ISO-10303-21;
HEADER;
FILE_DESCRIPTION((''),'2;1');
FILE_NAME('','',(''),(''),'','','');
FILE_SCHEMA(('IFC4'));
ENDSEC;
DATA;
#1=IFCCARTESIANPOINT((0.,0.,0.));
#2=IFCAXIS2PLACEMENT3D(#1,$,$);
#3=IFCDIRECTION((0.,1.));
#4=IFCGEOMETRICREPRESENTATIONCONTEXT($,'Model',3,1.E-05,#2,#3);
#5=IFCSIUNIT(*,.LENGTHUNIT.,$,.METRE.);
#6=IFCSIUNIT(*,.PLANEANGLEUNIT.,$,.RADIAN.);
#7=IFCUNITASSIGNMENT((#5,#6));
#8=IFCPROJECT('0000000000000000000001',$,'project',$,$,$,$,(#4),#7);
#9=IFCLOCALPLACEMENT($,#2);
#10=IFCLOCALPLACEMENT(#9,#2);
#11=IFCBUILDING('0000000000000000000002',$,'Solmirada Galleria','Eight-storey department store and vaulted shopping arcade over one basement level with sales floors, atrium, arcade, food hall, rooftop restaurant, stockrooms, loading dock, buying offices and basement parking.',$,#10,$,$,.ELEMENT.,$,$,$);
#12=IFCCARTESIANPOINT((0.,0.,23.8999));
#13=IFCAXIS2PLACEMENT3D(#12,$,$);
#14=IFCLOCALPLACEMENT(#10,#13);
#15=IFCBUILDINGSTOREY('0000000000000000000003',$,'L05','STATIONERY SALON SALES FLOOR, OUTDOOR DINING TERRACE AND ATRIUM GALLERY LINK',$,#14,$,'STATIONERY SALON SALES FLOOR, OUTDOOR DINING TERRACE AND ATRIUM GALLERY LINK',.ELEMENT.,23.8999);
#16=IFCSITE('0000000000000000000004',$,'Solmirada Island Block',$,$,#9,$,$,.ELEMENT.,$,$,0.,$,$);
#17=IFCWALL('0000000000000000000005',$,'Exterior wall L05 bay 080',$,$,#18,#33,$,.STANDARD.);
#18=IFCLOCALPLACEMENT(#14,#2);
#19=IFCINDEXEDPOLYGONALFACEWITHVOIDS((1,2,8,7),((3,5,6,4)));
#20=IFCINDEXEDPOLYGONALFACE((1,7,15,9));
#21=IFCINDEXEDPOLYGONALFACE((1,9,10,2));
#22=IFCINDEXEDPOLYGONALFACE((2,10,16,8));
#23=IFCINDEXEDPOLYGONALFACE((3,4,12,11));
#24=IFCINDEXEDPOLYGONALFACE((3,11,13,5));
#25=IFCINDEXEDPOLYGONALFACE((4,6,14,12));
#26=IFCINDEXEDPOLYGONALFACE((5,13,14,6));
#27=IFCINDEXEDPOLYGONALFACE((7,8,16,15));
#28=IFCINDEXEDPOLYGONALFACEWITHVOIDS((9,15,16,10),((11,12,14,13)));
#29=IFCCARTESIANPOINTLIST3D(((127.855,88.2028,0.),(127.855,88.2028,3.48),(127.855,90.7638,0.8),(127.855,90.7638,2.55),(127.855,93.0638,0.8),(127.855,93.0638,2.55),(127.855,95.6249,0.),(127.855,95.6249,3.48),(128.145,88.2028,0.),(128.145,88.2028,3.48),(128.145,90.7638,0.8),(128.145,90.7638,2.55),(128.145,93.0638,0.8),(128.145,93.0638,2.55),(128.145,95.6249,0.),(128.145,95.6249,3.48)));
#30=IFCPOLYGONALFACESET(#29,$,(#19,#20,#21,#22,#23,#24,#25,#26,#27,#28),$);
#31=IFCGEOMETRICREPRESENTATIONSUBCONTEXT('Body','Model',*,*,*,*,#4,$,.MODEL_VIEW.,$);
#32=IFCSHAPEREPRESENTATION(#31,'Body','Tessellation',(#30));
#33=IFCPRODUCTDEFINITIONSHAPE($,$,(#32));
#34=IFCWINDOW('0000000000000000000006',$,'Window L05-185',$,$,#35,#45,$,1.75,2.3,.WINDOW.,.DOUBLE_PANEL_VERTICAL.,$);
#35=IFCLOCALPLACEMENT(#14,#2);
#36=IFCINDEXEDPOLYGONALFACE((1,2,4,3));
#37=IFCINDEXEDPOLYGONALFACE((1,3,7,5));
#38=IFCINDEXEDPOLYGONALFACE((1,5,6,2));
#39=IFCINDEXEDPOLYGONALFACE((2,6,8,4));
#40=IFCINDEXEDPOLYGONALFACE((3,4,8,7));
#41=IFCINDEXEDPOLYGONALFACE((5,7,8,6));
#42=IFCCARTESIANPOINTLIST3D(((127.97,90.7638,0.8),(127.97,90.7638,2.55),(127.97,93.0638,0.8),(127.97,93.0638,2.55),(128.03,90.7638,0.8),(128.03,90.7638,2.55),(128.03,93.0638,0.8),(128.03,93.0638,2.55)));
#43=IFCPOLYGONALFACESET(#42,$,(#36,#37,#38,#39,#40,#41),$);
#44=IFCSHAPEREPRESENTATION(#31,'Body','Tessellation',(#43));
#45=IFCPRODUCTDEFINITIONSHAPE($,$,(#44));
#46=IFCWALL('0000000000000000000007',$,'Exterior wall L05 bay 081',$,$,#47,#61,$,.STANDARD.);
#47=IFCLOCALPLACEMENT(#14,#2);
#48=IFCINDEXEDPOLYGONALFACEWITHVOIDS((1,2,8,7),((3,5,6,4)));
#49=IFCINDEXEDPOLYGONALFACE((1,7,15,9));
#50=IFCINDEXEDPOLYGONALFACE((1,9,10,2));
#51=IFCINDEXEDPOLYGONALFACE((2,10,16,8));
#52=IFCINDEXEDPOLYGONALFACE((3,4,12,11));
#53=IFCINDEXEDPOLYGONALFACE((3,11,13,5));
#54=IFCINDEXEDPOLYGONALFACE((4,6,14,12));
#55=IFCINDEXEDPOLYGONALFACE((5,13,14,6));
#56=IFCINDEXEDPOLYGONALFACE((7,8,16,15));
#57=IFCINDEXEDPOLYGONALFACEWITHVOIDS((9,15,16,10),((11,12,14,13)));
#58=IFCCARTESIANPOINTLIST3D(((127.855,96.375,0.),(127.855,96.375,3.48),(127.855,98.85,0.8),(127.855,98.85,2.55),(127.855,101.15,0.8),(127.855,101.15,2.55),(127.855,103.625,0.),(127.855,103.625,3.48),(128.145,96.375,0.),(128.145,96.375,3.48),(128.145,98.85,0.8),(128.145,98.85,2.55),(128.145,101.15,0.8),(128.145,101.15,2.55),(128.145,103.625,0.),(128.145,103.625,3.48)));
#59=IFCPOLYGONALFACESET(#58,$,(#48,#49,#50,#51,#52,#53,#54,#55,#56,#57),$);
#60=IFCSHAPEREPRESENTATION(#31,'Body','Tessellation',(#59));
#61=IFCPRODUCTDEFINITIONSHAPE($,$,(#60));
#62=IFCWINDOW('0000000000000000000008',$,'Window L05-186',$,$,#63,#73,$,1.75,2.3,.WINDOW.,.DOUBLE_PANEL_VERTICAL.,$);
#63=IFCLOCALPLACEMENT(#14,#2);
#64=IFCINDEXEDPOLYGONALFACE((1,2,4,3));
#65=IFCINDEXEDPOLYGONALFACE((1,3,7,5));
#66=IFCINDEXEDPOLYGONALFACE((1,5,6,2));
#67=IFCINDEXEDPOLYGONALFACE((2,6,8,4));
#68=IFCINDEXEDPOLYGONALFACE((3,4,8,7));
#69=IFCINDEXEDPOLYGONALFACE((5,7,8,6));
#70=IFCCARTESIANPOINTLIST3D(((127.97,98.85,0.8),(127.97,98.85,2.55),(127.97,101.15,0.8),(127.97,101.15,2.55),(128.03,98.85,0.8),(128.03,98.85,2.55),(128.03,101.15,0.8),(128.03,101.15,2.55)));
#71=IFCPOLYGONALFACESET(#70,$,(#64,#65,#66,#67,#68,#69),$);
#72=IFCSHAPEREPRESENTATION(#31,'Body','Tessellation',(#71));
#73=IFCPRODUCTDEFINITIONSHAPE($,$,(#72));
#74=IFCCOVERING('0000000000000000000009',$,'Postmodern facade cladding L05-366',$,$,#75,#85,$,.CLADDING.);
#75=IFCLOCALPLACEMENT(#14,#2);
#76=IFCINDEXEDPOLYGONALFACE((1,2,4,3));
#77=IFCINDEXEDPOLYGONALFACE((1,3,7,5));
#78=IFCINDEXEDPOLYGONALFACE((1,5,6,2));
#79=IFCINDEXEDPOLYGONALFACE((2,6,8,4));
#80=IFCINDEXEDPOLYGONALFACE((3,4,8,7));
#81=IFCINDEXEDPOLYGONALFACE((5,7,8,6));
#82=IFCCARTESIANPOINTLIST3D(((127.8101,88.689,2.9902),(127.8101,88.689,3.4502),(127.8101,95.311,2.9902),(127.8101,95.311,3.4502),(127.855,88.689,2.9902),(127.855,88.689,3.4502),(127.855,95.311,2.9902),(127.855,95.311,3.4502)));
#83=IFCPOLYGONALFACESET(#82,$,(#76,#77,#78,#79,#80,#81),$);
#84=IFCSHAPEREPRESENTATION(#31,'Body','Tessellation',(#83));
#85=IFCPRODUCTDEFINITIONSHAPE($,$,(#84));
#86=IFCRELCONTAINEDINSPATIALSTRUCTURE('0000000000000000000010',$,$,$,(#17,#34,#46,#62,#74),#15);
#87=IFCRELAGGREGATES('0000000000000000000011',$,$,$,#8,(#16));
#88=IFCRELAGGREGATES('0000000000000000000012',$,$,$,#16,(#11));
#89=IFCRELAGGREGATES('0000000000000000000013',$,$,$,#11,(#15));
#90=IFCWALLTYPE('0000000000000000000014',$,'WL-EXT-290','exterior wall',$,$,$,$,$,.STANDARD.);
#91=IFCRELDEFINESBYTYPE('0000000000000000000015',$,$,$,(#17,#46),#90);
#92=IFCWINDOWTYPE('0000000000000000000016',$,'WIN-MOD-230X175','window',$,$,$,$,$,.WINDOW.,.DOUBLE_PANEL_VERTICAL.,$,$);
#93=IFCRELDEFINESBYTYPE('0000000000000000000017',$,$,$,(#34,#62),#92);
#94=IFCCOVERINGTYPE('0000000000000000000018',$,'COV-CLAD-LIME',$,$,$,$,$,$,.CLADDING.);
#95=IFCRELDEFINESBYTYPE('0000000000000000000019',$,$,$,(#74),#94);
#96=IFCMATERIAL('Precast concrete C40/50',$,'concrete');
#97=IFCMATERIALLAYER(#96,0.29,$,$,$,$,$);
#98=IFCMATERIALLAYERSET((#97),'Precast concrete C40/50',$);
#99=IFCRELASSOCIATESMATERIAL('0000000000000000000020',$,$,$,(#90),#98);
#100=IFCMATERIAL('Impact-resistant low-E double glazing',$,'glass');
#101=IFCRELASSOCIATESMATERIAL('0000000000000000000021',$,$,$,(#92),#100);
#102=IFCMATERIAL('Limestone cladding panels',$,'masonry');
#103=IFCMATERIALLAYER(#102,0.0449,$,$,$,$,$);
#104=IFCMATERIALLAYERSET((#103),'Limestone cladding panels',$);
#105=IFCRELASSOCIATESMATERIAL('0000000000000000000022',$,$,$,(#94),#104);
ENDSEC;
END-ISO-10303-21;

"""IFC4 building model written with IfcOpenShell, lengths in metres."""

from ifc_helpers import new_model, si_unit, direction, frame, frame_2d, origin, origin_2d, place, context, subcontext, project, spatial, rectangle, extrude, material, layer, layer_set, type_object, element, fill, save


model = new_model("IFC4")

# Units and contexts
model_context = context("Model", 3, precision=1e-05, world=origin(), true_north=direction((0.0, 1.0)))
body_context = subcontext(model_context, "Body", "Model", "MODEL_VIEW")
ifc_project = project(units=[si_unit("LENGTHUNIT", "METRE"), si_unit("PLANEANGLEUNIT", "RADIAN")], contexts=[model_context])

# Site, building, storey
site_placement = place(None, origin())
site = spatial("IfcSite", under=ifc_project, at=site_placement, Name="Solmirada Island Block", CompositionType="ELEMENT", RefElevation=0.0)
building_placement = place(site_placement, origin())
building = spatial("IfcBuilding", under=site, at=building_placement, Name="Solmirada Galleria", Description="Eight-storey department store and vaulted shopping arcade over one basement level with sales floors, atrium, arcade, food hall, rooftop restaurant, stockrooms, loading dock, buying offices and basement parking.", CompositionType="ELEMENT")
storey_placement = place(building_placement, frame((0.0, 0.0, 23.8999)))
storey = spatial("IfcBuildingStorey", under=building, at=storey_placement, Name="L05", Description="STATIONERY SALON SALES FLOOR, OUTDOOR DINING TERRACE AND ATRIUM GALLERY LINK", LongName="STATIONERY SALON SALES FLOOR, OUTDOOR DINING TERRACE AND ATRIUM GALLERY LINK", CompositionType="ELEMENT", Elevation=23.8999)

# Shared definitions
ifc_material_1 = material(Name="Impact-resistant low-E double glazing", Category="glass")

# Shared definitions
ifc_material_2 = material(Name="Precast concrete C40/50", Category="concrete")
ifc_layer_1 = layer(ifc_material_2, 0.29)
ifc_layer_set_1 = layer_set([ifc_layer_1], Name="Precast concrete C40/50")
wall_type = type_object("IfcWallType", Name="WL-EXT-290", Description="exterior wall", PredefinedType="STANDARD", material=ifc_layer_set_1)

# Walls, openings, windows
wall_1_placement = place(storey_placement, frame((128.0, 88.2029, 0.0), z_axis=(0.0, 0.0, 1.0), x_axis=(0.0, 1.0, 0.0)))
wall_1 = element("IfcWall", 1, at=wall_1_placement, inside=storey, type_object=wall_type, Name="Exterior wall L05 bay 080", PredefinedType="STANDARD", context=body_context, shape_type="SweptSolid", body=[
    extrude(rectangle(XDim=7.4221, YDim=0.29, at=frame_2d((3.7109, 0.0))), origin(), (0.0, 0.0, 1.0), 3.48),
])
opening_1_placement = place(wall_1_placement, frame((2.561, 0.0, 0.8)))
opening_1 = element("IfcOpeningElement", 2, at=opening_1_placement, cuts=wall_1, PredefinedType="OPENING", context=body_context, shape_type="SweptSolid", body=[
    extrude(rectangle(XDim=2.3, YDim=1.75, at=frame_2d((1.1499, 0.875))), frame((0.0, 0.155, 0.0), z_axis=(0.0, -1.0, 0.0), x_axis=(1.0, 0.0, 0.0)), (0.0, 0.0, 1.0), 0.3101),
])
window_type = type_object("IfcWindowType", Name="WIN-MOD-230X175", Description="window", PartitioningType="DOUBLE_PANEL_VERTICAL", PredefinedType="WINDOW", material=ifc_material_1)
window_1_placement = place(opening_1_placement, origin())
window_1 = element("IfcWindow", 3, at=window_1_placement, inside=storey, type_object=window_type, Name="Window L05-185", OverallHeight=1.75, OverallWidth=2.3, PartitioningType="DOUBLE_PANEL_VERTICAL", PredefinedType="WINDOW", context=body_context, shape_type="SweptSolid", body=[
    extrude(rectangle(XDim=2.3, YDim=1.75, at=frame_2d((1.1499, 0.875))), frame((0.0, 0.03, 0.0), z_axis=(0.0, -1.0, 0.0), x_axis=(1.0, 0.0, 0.0)), (0.0, 0.0, 1.0), 0.0601),
])
fill(opening_1, window_1)
wall_2_placement = place(storey_placement, frame((128.0, 96.375, 0.0), z_axis=(0.0, 0.0, 1.0), x_axis=(0.0, 1.0, 0.0)))
wall_2 = element("IfcWall", 4, at=wall_2_placement, inside=storey, type_object=wall_type, Name="Exterior wall L05 bay 081", PredefinedType="STANDARD", context=body_context, shape_type="SweptSolid", body=[
    extrude(rectangle(XDim=7.25, YDim=0.29, at=frame_2d((3.625, 0.0))), origin(), (0.0, 0.0, 1.0), 3.48),
])
opening_2_placement = place(wall_2_placement, frame((2.4751, 0.0, 0.8)))
opening_2 = element("IfcOpeningElement", 5, at=opening_2_placement, cuts=wall_2, PredefinedType="OPENING", context=body_context, shape_type="SweptSolid", body=[
    extrude(rectangle(XDim=2.3, YDim=1.75, at=frame_2d((1.1499, 0.875))), frame((0.0, 0.155, 0.0), z_axis=(0.0, -1.0, 0.0), x_axis=(1.0, 0.0, 0.0)), (0.0, 0.0, 1.0), 0.3101),
])
window_2_placement = place(opening_2_placement, origin())
window_2 = element("IfcWindow", 6, at=window_2_placement, inside=storey, type_object=window_type, Name="Window L05-186", OverallHeight=1.75, OverallWidth=2.3, PartitioningType="DOUBLE_PANEL_VERTICAL", PredefinedType="WINDOW", context=body_context, shape_type="SweptSolid", body=[
    extrude(rectangle(XDim=2.3, YDim=1.75, at=frame_2d((1.1499, 0.875))), frame((0.0, 0.03, 0.0), z_axis=(0.0, -1.0, 0.0), x_axis=(1.0, 0.0, 0.0)), (0.0, 0.0, 1.0), 0.0601),
])
fill(opening_2, window_2)

# Covering
ifc_material_3 = material(Name="Limestone cladding panels", Category="masonry")
ifc_layer_2 = layer(ifc_material_3, 0.0449)
ifc_layer_set_2 = layer_set([ifc_layer_2], Name="Limestone cladding panels")
covering_type = type_object("IfcCoveringType", Name="COV-CLAD-LIME", PredefinedType="CLADDING", material=ifc_layer_set_2)
covering_placement = place(storey_placement, frame((127.8325, 92.0, 2.9902), z_axis=(0.0, 0.0, 1.0), x_axis=(0.0, 1.0, 0.0)))
element("IfcCovering", 7, at=covering_placement, inside=storey, type_object=covering_type, Name="Postmodern facade cladding L05-366", PredefinedType="CLADDING", context=body_context, shape_type="SweptSolid", body=[
    extrude(rectangle(XDim=6.6221, YDim=0.0449, at=origin_2d()), origin(), (0.0, 0.0, 1.0), 0.46),
])

save(model, "model.ifc")
